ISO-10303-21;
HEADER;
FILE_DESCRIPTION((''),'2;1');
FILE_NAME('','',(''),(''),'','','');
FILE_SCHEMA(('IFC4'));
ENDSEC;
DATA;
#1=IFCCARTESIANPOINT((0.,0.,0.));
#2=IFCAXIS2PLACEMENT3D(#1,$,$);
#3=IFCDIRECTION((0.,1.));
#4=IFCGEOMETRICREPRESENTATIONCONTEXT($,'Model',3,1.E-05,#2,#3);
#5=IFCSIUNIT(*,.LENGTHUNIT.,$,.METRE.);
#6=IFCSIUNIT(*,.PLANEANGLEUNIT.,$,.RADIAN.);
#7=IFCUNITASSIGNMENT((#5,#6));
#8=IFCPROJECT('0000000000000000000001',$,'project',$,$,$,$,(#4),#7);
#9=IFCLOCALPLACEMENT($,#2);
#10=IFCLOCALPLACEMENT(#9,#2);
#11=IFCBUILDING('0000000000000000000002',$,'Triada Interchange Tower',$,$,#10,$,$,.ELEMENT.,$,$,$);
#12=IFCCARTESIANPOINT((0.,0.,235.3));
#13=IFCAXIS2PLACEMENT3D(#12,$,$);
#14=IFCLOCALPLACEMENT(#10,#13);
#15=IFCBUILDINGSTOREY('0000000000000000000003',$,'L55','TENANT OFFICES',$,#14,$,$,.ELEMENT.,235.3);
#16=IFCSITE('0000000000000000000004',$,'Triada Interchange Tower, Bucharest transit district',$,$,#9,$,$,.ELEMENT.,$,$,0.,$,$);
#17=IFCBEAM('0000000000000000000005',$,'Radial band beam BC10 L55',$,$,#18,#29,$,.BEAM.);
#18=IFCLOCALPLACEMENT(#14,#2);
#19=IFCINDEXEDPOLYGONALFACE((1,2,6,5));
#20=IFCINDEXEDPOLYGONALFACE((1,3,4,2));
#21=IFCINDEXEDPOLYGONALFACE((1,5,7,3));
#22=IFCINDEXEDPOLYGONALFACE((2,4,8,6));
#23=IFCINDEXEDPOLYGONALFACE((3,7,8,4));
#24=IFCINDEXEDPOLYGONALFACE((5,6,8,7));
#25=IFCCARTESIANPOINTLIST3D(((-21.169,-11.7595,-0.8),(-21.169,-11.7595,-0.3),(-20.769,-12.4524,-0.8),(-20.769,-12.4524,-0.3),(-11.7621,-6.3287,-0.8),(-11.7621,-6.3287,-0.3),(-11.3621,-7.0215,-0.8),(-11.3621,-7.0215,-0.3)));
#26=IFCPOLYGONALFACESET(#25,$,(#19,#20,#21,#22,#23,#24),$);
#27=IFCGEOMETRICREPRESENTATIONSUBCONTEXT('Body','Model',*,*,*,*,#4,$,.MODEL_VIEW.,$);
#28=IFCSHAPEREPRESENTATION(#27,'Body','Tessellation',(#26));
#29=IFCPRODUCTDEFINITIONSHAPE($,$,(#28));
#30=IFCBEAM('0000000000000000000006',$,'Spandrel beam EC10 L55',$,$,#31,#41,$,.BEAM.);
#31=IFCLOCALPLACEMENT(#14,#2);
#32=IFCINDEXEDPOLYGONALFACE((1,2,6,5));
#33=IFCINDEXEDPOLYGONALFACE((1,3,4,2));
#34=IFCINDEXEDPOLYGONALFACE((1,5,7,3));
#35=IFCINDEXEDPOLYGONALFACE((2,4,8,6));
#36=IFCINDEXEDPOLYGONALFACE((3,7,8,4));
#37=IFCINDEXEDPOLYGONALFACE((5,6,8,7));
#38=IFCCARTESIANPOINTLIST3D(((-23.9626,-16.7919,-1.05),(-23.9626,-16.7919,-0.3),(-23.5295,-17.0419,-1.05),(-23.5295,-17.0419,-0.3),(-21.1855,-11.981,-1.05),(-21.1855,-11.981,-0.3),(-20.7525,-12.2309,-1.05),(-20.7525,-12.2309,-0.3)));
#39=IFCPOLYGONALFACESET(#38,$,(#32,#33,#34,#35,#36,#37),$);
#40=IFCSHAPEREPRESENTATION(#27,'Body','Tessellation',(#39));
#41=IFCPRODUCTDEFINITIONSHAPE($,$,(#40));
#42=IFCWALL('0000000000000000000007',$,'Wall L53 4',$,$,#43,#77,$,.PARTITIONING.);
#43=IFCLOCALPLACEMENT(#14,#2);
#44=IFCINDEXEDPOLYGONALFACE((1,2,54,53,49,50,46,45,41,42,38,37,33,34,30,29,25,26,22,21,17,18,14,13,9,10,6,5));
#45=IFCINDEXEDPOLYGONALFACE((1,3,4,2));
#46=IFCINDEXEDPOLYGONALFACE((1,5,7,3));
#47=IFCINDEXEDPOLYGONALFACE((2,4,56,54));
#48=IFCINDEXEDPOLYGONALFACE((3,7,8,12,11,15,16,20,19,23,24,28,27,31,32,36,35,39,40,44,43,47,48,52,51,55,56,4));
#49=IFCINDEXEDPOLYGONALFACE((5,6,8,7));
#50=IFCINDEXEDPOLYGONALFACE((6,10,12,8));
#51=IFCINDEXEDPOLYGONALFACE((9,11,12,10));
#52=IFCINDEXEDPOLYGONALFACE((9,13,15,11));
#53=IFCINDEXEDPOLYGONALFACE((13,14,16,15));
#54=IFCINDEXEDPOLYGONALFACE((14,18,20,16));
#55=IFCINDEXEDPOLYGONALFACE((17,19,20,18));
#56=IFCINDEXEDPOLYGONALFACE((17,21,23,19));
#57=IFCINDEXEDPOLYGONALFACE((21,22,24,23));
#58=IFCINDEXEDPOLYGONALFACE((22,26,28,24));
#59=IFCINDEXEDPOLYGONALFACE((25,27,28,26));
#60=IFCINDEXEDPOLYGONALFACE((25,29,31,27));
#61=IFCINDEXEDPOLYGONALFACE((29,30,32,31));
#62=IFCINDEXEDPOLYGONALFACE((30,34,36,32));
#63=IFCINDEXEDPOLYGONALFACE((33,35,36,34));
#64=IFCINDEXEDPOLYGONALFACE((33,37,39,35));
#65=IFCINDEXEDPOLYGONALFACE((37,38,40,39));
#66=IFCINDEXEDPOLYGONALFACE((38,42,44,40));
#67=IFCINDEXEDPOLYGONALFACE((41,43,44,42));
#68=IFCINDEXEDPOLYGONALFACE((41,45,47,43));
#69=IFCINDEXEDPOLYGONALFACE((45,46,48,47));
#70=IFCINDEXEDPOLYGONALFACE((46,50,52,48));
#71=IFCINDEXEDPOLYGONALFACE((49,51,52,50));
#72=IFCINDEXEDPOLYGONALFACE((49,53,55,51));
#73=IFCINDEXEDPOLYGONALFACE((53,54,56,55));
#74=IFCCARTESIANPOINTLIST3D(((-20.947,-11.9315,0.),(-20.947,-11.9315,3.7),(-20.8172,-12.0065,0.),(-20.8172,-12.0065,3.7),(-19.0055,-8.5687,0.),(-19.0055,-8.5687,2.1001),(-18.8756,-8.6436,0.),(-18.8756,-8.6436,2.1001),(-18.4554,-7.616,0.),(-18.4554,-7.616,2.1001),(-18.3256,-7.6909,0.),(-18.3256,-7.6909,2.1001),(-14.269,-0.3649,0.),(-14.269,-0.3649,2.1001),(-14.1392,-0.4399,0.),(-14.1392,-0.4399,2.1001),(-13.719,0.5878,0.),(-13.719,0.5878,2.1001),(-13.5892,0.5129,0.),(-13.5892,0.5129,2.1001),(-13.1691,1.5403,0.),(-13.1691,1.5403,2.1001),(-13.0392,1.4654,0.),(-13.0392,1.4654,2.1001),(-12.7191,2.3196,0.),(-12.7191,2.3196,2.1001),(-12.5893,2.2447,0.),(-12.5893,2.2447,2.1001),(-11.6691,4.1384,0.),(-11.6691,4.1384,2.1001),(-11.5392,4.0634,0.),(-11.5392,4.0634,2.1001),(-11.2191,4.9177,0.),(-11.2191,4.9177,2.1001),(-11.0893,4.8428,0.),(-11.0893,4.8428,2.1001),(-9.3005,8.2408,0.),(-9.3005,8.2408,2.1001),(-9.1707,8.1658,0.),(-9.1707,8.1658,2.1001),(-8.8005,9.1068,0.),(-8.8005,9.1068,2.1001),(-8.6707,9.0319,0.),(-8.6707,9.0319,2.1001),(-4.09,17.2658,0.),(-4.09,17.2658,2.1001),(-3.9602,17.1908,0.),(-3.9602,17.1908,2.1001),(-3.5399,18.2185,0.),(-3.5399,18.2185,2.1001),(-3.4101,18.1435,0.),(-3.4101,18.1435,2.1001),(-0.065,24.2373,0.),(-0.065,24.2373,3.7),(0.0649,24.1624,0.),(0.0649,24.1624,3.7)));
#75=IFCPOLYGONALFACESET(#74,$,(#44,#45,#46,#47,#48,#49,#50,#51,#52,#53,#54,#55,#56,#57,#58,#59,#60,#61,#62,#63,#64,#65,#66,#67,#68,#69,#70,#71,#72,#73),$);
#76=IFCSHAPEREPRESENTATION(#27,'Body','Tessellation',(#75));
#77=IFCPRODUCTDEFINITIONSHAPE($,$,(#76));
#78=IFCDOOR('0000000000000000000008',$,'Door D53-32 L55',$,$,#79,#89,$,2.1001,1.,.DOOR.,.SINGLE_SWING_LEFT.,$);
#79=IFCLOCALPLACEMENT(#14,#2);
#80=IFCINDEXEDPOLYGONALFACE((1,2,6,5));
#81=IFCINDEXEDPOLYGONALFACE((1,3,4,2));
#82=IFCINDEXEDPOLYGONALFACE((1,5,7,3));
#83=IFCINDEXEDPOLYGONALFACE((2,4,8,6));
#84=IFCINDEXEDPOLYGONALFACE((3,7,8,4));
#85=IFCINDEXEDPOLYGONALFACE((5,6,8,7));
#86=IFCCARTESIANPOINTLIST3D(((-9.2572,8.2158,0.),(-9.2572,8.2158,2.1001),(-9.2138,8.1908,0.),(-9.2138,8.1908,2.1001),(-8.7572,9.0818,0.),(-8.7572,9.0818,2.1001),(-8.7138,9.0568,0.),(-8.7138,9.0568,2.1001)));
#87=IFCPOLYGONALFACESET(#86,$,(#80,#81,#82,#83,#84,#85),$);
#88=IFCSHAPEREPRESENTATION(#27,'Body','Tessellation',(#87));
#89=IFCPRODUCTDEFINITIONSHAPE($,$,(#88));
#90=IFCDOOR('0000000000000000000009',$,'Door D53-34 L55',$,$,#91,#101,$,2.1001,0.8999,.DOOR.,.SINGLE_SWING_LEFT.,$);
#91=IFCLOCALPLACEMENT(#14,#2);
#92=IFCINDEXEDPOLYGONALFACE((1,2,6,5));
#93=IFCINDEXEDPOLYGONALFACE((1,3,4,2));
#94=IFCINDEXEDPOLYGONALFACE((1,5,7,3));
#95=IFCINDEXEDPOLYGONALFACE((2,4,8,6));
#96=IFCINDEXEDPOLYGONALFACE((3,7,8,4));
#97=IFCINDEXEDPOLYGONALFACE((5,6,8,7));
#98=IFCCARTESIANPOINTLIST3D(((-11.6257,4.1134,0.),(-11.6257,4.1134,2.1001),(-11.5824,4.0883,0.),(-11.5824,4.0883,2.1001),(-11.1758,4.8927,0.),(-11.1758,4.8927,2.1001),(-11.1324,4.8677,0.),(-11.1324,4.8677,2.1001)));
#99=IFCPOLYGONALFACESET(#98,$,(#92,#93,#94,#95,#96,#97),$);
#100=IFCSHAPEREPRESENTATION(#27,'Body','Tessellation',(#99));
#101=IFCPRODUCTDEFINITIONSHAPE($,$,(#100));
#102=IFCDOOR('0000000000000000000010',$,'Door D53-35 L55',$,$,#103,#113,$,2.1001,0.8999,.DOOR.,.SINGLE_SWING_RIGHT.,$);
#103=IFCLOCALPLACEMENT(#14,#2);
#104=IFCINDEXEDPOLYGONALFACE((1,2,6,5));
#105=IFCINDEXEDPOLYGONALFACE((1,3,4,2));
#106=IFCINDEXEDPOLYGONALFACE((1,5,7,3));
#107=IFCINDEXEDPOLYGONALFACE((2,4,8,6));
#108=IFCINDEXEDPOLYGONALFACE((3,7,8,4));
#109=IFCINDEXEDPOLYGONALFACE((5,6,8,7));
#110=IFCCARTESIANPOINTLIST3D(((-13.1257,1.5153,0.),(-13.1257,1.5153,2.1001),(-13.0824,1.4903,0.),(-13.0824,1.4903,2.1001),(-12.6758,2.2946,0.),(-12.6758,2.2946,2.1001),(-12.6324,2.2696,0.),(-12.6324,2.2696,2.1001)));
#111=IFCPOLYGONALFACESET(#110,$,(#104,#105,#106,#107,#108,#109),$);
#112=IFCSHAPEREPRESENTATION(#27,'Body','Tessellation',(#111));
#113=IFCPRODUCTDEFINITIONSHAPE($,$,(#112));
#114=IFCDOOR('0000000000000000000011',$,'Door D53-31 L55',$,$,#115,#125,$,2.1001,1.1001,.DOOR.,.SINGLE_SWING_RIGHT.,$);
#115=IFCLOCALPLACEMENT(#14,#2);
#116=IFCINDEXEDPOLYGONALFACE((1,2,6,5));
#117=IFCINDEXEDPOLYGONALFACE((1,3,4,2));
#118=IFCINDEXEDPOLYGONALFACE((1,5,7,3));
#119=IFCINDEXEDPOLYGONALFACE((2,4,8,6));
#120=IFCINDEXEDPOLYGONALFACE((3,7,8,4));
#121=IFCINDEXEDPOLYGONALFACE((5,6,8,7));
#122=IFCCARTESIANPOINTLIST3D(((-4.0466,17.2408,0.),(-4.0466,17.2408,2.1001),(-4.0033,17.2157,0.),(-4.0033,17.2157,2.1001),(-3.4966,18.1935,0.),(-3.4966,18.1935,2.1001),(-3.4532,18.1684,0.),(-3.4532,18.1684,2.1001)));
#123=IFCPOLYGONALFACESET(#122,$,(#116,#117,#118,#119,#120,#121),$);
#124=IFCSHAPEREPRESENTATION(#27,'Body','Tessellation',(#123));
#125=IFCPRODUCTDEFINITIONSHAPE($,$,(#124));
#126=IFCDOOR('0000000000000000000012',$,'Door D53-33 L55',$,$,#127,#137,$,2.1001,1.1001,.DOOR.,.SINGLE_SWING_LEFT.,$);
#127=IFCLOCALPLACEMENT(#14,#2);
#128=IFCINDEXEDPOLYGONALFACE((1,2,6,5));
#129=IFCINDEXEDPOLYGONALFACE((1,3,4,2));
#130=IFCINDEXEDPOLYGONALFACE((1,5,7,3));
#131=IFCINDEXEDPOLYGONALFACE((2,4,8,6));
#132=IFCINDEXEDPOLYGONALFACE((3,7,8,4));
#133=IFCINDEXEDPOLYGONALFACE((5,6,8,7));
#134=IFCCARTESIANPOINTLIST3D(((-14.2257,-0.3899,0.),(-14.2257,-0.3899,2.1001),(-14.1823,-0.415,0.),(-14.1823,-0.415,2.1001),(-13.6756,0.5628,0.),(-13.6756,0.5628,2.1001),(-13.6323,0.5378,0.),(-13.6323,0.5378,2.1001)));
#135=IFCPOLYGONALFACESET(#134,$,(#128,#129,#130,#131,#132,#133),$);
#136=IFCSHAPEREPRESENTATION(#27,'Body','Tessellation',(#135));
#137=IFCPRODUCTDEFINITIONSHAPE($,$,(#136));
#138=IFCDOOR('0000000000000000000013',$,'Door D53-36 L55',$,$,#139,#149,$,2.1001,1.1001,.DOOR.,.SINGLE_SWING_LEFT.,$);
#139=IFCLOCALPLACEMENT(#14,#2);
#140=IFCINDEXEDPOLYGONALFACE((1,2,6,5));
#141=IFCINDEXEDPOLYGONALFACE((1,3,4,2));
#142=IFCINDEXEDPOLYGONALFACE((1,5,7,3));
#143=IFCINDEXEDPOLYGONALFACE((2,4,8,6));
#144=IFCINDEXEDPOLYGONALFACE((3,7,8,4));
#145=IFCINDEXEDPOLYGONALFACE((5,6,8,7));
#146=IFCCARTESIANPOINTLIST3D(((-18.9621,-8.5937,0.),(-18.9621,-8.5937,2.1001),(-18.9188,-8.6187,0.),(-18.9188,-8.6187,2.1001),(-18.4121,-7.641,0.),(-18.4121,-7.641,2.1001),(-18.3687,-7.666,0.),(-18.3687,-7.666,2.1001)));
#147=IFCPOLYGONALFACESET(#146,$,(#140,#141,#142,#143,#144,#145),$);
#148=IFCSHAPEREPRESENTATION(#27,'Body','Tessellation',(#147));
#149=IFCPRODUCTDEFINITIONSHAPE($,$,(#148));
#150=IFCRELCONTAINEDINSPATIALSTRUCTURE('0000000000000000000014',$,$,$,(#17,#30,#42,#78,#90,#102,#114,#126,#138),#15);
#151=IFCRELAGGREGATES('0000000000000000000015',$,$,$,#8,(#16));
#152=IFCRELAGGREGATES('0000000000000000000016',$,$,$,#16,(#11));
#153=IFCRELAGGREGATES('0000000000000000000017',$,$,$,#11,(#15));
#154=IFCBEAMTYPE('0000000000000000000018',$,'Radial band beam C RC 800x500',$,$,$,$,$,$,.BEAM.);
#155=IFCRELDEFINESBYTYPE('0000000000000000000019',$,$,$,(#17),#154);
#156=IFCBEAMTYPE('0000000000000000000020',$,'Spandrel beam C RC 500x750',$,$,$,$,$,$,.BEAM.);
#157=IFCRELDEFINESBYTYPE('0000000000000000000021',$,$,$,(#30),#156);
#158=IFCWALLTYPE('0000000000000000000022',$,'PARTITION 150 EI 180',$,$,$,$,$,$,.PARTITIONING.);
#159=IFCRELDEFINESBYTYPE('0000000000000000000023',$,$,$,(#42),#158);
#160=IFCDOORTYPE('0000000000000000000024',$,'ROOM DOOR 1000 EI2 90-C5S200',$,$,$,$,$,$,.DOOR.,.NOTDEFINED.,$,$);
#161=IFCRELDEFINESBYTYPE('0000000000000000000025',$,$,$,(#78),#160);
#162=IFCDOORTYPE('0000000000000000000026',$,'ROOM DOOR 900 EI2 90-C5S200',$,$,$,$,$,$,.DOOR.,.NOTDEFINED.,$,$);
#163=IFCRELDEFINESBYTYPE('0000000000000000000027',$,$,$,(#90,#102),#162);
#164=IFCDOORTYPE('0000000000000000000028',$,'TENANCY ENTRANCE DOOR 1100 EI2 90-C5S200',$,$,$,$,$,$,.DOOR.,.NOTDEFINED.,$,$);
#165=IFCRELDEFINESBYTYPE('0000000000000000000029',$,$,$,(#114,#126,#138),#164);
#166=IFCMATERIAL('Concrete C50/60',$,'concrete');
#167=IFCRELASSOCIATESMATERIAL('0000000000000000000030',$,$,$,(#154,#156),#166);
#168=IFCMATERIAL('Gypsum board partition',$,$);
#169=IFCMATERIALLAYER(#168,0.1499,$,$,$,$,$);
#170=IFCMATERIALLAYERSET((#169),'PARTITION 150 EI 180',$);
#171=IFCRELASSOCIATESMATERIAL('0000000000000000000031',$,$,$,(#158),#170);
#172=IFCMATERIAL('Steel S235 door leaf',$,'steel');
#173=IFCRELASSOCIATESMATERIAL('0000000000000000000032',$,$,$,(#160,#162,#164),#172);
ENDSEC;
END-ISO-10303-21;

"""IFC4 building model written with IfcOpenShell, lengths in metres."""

from ifc_helpers import new_model, si_unit, direction, frame, frame_2d, origin, origin_2d, place, context, subcontext, project, spatial, rectangle, extrude, material, layer, layer_set, material_profile, profile_set, type_object, element, fill, save


model = new_model("IFC4")

# Units and contexts
model_context = context("Model", 3, precision=1e-05, world=origin(), true_north=direction((0.0, 1.0)))
body_context = subcontext(model_context, "Body", "Model", "MODEL_VIEW")
ifc_project = project(units=[si_unit("LENGTHUNIT", "METRE"), si_unit("PLANEANGLEUNIT", "RADIAN")], contexts=[model_context])

# Site, building, storey
site_placement = place(None, origin())
site = spatial("IfcSite", under=ifc_project, at=site_placement, Name="Triada Interchange Tower, Bucharest transit district", CompositionType="ELEMENT", RefElevation=0.0)
building_placement = place(site_placement, origin())
building = spatial("IfcBuilding", under=site, at=building_placement, Name="Triada Interchange Tower", CompositionType="ELEMENT")
storey_placement = place(building_placement, frame((0.0, 0.0, 235.3)))
storey = spatial("IfcBuildingStorey", under=building, at=storey_placement, Name="L55", Description="TENANT OFFICES", CompositionType="ELEMENT", Elevation=235.3)

# Beams
ifc_material_1 = material(Name="Concrete C50/60", Category="concrete")
ifc_material_profile_1 = material_profile(ifc_material_1, rectangle(XDim=0.8, YDim=0.5, at=origin_2d()), Name="RC 800x500")
ifc_profile_set_1 = profile_set([ifc_material_profile_1], Name="Concrete C50/60")
beam_type_1 = type_object("IfcBeamType", Name="Radial band beam C RC 800x500", PredefinedType="BEAM", material=ifc_profile_set_1)
beam_1_placement = place(storey_placement, frame((-20.969, -12.106, -0.55), z_axis=(0.866034, 0.499985, 0.0), x_axis=(-0.499985, 0.866034, 0.0)))
element("IfcBeam", 1, at=beam_1_placement, inside=storey, type_object=beam_type_1, Name="Radial band beam BC10 L55", PredefinedType="BEAM", context=body_context, shape_type="SweptSolid", body=[
    extrude(rectangle(XDim=0.8, YDim=0.5, at=origin_2d()), origin(), (0.0, 0.0, 1.0), 10.8621),
])
ifc_material_profile_2 = material_profile(ifc_material_1, rectangle(XDim=0.5, YDim=0.75, at=origin_2d()), Name="RC 500x750")
ifc_profile_set_2 = profile_set([ifc_material_profile_2], Name="Concrete C50/60")
beam_type_2 = type_object("IfcBeamType", Name="Spandrel beam C RC 500x750", PredefinedType="BEAM", material=ifc_profile_set_2)
beam_2_placement = place(storey_placement, frame((-20.969, -12.106, -0.675), z_axis=(-0.499925, -0.866068, 0.0), x_axis=(0.866068, -0.499925, 0.0)))
element("IfcBeam", 2, at=beam_2_placement, inside=storey, type_object=beam_type_2, Name="Spandrel beam EC10 L55", PredefinedType="BEAM", context=body_context, shape_type="SweptSolid", body=[
    extrude(rectangle(XDim=0.5, YDim=0.75, at=origin_2d()), origin(), (0.0, 0.0, 1.0), 5.5549),
])

# Wall, openings, doors
ifc_material_2 = material(Name="Gypsum board partition")
ifc_layer_1 = layer(ifc_material_2, 0.1499)
ifc_layer_set_1 = layer_set([ifc_layer_1], Name="PARTITION 150 EI 180")
wall_type_1 = type_object("IfcWallType", Name="PARTITION 150 EI 180", PredefinedType="PARTITIONING", material=ifc_layer_set_1)
wall_1_placement = place(storey_placement, frame((-20.8821, -11.969, 0.0), z_axis=(0.0, 0.0, 1.0), x_axis=(0.499999, 0.866026, 0.0)))
wall_1 = element("IfcWall", 3, at=wall_1_placement, inside=storey, type_object=wall_type_1, Name="Wall L53 4", PredefinedType="PARTITIONING", context=body_context, shape_type="SweptSolid", body=[
    extrude(rectangle(XDim=41.7642, YDim=0.1499, at=frame_2d((20.8821, 0.0))), origin(), (0.0, 0.0, 1.0), 3.7),
])
opening_1_placement = place(wall_1_placement, frame((33.7141, 0.0, 0.0)))
opening_1 = element("IfcOpeningElement", 4, at=opening_1_placement, cuts=wall_1, PredefinedType="OPENING", context=body_context, shape_type="SweptSolid", body=[
    extrude(rectangle(XDim=1.1001, YDim=2.1001, at=frame_2d((0.55, 1.05))), frame((0.0, 0.085, 0.0), z_axis=(0.0, -1.0, 0.0), x_axis=(1.0, 0.0, 0.0)), (0.0, 0.0, 1.0), 0.1699),
])
opening_2_placement = place(wall_1_placement, frame((23.293, 0.0, 0.0)))
opening_2 = element("IfcOpeningElement", 5, at=opening_2_placement, cuts=wall_1, PredefinedType="OPENING", context=body_context, shape_type="SweptSolid", body=[
    extrude(rectangle(XDim=1.0, YDim=2.1001, at=frame_2d((0.5, 1.05))), frame((0.0, 0.085, 0.0), z_axis=(0.0, -1.0, 0.0), x_axis=(1.0, 0.0, 0.0)), (0.0, 0.0, 1.0), 0.1699),
])
opening_3_placement = place(wall_1_placement, frame((13.356, 0.0, 0.0)))
opening_3 = element("IfcOpeningElement", 6, at=opening_3_placement, cuts=wall_1, PredefinedType="OPENING", context=body_context, shape_type="SweptSolid", body=[
    extrude(rectangle(XDim=1.1001, YDim=2.1001, at=frame_2d((0.55, 1.05))), frame((0.0, 0.085, 0.0), z_axis=(0.0, -1.0, 0.0), x_axis=(1.0, 0.0, 0.0)), (0.0, 0.0, 1.0), 0.1699),
])
opening_4_placement = place(wall_1_placement, frame((18.5559, 0.0, 0.0)))
opening_4 = element("IfcOpeningElement", 7, at=opening_4_placement, cuts=wall_1, PredefinedType="OPENING", context=body_context, shape_type="SweptSolid", body=[
    extrude(rectangle(XDim=0.8999, YDim=2.1001, at=frame_2d((0.45, 1.05))), frame((0.0, 0.085, 0.0), z_axis=(0.0, -1.0, 0.0), x_axis=(1.0, 0.0, 0.0)), (0.0, 0.0, 1.0), 0.1699),
])
opening_5_placement = place(wall_1_placement, frame((15.5559, 0.0, 0.0)))
opening_5 = element("IfcOpeningElement", 8, at=opening_5_placement, cuts=wall_1, PredefinedType="OPENING", context=body_context, shape_type="SweptSolid", body=[
    extrude(rectangle(XDim=0.8999, YDim=2.1001, at=frame_2d((0.45, 1.05))), frame((0.0, 0.085, 0.0), z_axis=(0.0, -1.0, 0.0), x_axis=(1.0, 0.0, 0.0)), (0.0, 0.0, 1.0), 0.1699),
])
opening_6_placement = place(wall_1_placement, frame((3.8831, 0.0, 0.0)))
opening_6 = element("IfcOpeningElement", 9, at=opening_6_placement, cuts=wall_1, PredefinedType="OPENING", context=body_context, shape_type="SweptSolid", body=[
    extrude(rectangle(XDim=1.1001, YDim=2.1001, at=frame_2d((0.55, 1.05))), frame((0.0, 0.085, 0.0), z_axis=(0.0, -1.0, 0.0), x_axis=(1.0, 0.0, 0.0)), (0.0, 0.0, 1.0), 0.1699),
])
ifc_material_3 = material(Name="Steel S235 door leaf", Category="steel")
door_type_1 = type_object("IfcDoorType", Name="ROOM DOOR 1000 EI2 90-C5S200", OperationType="NOTDEFINED", PredefinedType="DOOR", material=ifc_material_3)
door_1_placement = place(opening_2_placement, origin())
door_1 = element("IfcDoor", 10, at=door_1_placement, inside=storey, type_object=door_type_1, Name="Door D53-32 L55", OperationType="SINGLE_SWING_LEFT", OverallHeight=2.1001, OverallWidth=1.0, PredefinedType="DOOR", context=body_context, shape_type="SweptSolid", body=[
    extrude(rectangle(XDim=1.0, YDim=2.1001, at=frame_2d((0.5, 1.05))), frame((0.0, 0.0249, 0.0), z_axis=(0.0, -1.0, 0.0), x_axis=(1.0, 0.0, 0.0)), (0.0, 0.0, 1.0), 0.05),
])
fill(opening_2, door_1)
door_type_2 = type_object("IfcDoorType", Name="ROOM DOOR 900 EI2 90-C5S200", OperationType="NOTDEFINED", PredefinedType="DOOR", material=ifc_material_3)
door_2_placement = place(opening_4_placement, origin())
door_2 = element("IfcDoor", 11, at=door_2_placement, inside=storey, type_object=door_type_2, Name="Door D53-34 L55", OperationType="SINGLE_SWING_LEFT", OverallHeight=2.1001, OverallWidth=0.8999, PredefinedType="DOOR", context=body_context, shape_type="SweptSolid", body=[
    extrude(rectangle(XDim=0.8999, YDim=2.1001, at=frame_2d((0.45, 1.05))), frame((0.0, 0.0249, 0.0), z_axis=(0.0, -1.0, 0.0), x_axis=(1.0, 0.0, 0.0)), (0.0, 0.0, 1.0), 0.05),
])
fill(opening_4, door_2)
door_3_placement = place(opening_5_placement, origin())
door_3 = element("IfcDoor", 12, at=door_3_placement, inside=storey, type_object=door_type_2, Name="Door D53-35 L55", OperationType="SINGLE_SWING_RIGHT", OverallHeight=2.1001, OverallWidth=0.8999, PredefinedType="DOOR", context=body_context, shape_type="SweptSolid", body=[
    extrude(rectangle(XDim=0.8999, YDim=2.1001, at=frame_2d((0.45, 1.05))), frame((0.0, 0.0249, 0.0), z_axis=(0.0, -1.0, 0.0), x_axis=(1.0, 0.0, 0.0)), (0.0, 0.0, 1.0), 0.05),
])
fill(opening_5, door_3)
door_type_3 = type_object("IfcDoorType", Name="TENANCY ENTRANCE DOOR 1100 EI2 90-C5S200", OperationType="NOTDEFINED", PredefinedType="DOOR", material=ifc_material_3)
door_4_placement = place(opening_1_placement, origin())
door_4 = element("IfcDoor", 13, at=door_4_placement, inside=storey, type_object=door_type_3, Name="Door D53-31 L55", OperationType="SINGLE_SWING_RIGHT", OverallHeight=2.1001, OverallWidth=1.1001, PredefinedType="DOOR", context=body_context, shape_type="SweptSolid", body=[
    extrude(rectangle(XDim=1.1001, YDim=2.1001, at=frame_2d((0.55, 1.05))), frame((0.0, 0.0249, 0.0), z_axis=(0.0, -1.0, 0.0), x_axis=(1.0, 0.0, 0.0)), (0.0, 0.0, 1.0), 0.05),
])
fill(opening_1, door_4)
door_5_placement = place(opening_3_placement, origin())
door_5 = element("IfcDoor", 14, at=door_5_placement, inside=storey, type_object=door_type_3, Name="Door D53-33 L55", OperationType="SINGLE_SWING_LEFT", OverallHeight=2.1001, OverallWidth=1.1001, PredefinedType="DOOR", context=body_context, shape_type="SweptSolid", body=[
    extrude(rectangle(XDim=1.1001, YDim=2.1001, at=frame_2d((0.55, 1.05))), frame((0.0, 0.0249, 0.0), z_axis=(0.0, -1.0, 0.0), x_axis=(1.0, 0.0, 0.0)), (0.0, 0.0, 1.0), 0.05),
])
fill(opening_3, door_5)
door_6_placement = place(opening_6_placement, origin())
door_6 = element("IfcDoor", 15, at=door_6_placement, inside=storey, type_object=door_type_3, Name="Door D53-36 L55", OperationType="SINGLE_SWING_LEFT", OverallHeight=2.1001, OverallWidth=1.1001, PredefinedType="DOOR", context=body_context, shape_type="SweptSolid", body=[
    extrude(rectangle(XDim=1.1001, YDim=2.1001, at=frame_2d((0.55, 1.05))), frame((0.0, 0.0249, 0.0), z_axis=(0.0, -1.0, 0.0), x_axis=(1.0, 0.0, 0.0)), (0.0, 0.0, 1.0), 0.05),
])
fill(opening_6, door_6)

save(model, "model.ifc")
